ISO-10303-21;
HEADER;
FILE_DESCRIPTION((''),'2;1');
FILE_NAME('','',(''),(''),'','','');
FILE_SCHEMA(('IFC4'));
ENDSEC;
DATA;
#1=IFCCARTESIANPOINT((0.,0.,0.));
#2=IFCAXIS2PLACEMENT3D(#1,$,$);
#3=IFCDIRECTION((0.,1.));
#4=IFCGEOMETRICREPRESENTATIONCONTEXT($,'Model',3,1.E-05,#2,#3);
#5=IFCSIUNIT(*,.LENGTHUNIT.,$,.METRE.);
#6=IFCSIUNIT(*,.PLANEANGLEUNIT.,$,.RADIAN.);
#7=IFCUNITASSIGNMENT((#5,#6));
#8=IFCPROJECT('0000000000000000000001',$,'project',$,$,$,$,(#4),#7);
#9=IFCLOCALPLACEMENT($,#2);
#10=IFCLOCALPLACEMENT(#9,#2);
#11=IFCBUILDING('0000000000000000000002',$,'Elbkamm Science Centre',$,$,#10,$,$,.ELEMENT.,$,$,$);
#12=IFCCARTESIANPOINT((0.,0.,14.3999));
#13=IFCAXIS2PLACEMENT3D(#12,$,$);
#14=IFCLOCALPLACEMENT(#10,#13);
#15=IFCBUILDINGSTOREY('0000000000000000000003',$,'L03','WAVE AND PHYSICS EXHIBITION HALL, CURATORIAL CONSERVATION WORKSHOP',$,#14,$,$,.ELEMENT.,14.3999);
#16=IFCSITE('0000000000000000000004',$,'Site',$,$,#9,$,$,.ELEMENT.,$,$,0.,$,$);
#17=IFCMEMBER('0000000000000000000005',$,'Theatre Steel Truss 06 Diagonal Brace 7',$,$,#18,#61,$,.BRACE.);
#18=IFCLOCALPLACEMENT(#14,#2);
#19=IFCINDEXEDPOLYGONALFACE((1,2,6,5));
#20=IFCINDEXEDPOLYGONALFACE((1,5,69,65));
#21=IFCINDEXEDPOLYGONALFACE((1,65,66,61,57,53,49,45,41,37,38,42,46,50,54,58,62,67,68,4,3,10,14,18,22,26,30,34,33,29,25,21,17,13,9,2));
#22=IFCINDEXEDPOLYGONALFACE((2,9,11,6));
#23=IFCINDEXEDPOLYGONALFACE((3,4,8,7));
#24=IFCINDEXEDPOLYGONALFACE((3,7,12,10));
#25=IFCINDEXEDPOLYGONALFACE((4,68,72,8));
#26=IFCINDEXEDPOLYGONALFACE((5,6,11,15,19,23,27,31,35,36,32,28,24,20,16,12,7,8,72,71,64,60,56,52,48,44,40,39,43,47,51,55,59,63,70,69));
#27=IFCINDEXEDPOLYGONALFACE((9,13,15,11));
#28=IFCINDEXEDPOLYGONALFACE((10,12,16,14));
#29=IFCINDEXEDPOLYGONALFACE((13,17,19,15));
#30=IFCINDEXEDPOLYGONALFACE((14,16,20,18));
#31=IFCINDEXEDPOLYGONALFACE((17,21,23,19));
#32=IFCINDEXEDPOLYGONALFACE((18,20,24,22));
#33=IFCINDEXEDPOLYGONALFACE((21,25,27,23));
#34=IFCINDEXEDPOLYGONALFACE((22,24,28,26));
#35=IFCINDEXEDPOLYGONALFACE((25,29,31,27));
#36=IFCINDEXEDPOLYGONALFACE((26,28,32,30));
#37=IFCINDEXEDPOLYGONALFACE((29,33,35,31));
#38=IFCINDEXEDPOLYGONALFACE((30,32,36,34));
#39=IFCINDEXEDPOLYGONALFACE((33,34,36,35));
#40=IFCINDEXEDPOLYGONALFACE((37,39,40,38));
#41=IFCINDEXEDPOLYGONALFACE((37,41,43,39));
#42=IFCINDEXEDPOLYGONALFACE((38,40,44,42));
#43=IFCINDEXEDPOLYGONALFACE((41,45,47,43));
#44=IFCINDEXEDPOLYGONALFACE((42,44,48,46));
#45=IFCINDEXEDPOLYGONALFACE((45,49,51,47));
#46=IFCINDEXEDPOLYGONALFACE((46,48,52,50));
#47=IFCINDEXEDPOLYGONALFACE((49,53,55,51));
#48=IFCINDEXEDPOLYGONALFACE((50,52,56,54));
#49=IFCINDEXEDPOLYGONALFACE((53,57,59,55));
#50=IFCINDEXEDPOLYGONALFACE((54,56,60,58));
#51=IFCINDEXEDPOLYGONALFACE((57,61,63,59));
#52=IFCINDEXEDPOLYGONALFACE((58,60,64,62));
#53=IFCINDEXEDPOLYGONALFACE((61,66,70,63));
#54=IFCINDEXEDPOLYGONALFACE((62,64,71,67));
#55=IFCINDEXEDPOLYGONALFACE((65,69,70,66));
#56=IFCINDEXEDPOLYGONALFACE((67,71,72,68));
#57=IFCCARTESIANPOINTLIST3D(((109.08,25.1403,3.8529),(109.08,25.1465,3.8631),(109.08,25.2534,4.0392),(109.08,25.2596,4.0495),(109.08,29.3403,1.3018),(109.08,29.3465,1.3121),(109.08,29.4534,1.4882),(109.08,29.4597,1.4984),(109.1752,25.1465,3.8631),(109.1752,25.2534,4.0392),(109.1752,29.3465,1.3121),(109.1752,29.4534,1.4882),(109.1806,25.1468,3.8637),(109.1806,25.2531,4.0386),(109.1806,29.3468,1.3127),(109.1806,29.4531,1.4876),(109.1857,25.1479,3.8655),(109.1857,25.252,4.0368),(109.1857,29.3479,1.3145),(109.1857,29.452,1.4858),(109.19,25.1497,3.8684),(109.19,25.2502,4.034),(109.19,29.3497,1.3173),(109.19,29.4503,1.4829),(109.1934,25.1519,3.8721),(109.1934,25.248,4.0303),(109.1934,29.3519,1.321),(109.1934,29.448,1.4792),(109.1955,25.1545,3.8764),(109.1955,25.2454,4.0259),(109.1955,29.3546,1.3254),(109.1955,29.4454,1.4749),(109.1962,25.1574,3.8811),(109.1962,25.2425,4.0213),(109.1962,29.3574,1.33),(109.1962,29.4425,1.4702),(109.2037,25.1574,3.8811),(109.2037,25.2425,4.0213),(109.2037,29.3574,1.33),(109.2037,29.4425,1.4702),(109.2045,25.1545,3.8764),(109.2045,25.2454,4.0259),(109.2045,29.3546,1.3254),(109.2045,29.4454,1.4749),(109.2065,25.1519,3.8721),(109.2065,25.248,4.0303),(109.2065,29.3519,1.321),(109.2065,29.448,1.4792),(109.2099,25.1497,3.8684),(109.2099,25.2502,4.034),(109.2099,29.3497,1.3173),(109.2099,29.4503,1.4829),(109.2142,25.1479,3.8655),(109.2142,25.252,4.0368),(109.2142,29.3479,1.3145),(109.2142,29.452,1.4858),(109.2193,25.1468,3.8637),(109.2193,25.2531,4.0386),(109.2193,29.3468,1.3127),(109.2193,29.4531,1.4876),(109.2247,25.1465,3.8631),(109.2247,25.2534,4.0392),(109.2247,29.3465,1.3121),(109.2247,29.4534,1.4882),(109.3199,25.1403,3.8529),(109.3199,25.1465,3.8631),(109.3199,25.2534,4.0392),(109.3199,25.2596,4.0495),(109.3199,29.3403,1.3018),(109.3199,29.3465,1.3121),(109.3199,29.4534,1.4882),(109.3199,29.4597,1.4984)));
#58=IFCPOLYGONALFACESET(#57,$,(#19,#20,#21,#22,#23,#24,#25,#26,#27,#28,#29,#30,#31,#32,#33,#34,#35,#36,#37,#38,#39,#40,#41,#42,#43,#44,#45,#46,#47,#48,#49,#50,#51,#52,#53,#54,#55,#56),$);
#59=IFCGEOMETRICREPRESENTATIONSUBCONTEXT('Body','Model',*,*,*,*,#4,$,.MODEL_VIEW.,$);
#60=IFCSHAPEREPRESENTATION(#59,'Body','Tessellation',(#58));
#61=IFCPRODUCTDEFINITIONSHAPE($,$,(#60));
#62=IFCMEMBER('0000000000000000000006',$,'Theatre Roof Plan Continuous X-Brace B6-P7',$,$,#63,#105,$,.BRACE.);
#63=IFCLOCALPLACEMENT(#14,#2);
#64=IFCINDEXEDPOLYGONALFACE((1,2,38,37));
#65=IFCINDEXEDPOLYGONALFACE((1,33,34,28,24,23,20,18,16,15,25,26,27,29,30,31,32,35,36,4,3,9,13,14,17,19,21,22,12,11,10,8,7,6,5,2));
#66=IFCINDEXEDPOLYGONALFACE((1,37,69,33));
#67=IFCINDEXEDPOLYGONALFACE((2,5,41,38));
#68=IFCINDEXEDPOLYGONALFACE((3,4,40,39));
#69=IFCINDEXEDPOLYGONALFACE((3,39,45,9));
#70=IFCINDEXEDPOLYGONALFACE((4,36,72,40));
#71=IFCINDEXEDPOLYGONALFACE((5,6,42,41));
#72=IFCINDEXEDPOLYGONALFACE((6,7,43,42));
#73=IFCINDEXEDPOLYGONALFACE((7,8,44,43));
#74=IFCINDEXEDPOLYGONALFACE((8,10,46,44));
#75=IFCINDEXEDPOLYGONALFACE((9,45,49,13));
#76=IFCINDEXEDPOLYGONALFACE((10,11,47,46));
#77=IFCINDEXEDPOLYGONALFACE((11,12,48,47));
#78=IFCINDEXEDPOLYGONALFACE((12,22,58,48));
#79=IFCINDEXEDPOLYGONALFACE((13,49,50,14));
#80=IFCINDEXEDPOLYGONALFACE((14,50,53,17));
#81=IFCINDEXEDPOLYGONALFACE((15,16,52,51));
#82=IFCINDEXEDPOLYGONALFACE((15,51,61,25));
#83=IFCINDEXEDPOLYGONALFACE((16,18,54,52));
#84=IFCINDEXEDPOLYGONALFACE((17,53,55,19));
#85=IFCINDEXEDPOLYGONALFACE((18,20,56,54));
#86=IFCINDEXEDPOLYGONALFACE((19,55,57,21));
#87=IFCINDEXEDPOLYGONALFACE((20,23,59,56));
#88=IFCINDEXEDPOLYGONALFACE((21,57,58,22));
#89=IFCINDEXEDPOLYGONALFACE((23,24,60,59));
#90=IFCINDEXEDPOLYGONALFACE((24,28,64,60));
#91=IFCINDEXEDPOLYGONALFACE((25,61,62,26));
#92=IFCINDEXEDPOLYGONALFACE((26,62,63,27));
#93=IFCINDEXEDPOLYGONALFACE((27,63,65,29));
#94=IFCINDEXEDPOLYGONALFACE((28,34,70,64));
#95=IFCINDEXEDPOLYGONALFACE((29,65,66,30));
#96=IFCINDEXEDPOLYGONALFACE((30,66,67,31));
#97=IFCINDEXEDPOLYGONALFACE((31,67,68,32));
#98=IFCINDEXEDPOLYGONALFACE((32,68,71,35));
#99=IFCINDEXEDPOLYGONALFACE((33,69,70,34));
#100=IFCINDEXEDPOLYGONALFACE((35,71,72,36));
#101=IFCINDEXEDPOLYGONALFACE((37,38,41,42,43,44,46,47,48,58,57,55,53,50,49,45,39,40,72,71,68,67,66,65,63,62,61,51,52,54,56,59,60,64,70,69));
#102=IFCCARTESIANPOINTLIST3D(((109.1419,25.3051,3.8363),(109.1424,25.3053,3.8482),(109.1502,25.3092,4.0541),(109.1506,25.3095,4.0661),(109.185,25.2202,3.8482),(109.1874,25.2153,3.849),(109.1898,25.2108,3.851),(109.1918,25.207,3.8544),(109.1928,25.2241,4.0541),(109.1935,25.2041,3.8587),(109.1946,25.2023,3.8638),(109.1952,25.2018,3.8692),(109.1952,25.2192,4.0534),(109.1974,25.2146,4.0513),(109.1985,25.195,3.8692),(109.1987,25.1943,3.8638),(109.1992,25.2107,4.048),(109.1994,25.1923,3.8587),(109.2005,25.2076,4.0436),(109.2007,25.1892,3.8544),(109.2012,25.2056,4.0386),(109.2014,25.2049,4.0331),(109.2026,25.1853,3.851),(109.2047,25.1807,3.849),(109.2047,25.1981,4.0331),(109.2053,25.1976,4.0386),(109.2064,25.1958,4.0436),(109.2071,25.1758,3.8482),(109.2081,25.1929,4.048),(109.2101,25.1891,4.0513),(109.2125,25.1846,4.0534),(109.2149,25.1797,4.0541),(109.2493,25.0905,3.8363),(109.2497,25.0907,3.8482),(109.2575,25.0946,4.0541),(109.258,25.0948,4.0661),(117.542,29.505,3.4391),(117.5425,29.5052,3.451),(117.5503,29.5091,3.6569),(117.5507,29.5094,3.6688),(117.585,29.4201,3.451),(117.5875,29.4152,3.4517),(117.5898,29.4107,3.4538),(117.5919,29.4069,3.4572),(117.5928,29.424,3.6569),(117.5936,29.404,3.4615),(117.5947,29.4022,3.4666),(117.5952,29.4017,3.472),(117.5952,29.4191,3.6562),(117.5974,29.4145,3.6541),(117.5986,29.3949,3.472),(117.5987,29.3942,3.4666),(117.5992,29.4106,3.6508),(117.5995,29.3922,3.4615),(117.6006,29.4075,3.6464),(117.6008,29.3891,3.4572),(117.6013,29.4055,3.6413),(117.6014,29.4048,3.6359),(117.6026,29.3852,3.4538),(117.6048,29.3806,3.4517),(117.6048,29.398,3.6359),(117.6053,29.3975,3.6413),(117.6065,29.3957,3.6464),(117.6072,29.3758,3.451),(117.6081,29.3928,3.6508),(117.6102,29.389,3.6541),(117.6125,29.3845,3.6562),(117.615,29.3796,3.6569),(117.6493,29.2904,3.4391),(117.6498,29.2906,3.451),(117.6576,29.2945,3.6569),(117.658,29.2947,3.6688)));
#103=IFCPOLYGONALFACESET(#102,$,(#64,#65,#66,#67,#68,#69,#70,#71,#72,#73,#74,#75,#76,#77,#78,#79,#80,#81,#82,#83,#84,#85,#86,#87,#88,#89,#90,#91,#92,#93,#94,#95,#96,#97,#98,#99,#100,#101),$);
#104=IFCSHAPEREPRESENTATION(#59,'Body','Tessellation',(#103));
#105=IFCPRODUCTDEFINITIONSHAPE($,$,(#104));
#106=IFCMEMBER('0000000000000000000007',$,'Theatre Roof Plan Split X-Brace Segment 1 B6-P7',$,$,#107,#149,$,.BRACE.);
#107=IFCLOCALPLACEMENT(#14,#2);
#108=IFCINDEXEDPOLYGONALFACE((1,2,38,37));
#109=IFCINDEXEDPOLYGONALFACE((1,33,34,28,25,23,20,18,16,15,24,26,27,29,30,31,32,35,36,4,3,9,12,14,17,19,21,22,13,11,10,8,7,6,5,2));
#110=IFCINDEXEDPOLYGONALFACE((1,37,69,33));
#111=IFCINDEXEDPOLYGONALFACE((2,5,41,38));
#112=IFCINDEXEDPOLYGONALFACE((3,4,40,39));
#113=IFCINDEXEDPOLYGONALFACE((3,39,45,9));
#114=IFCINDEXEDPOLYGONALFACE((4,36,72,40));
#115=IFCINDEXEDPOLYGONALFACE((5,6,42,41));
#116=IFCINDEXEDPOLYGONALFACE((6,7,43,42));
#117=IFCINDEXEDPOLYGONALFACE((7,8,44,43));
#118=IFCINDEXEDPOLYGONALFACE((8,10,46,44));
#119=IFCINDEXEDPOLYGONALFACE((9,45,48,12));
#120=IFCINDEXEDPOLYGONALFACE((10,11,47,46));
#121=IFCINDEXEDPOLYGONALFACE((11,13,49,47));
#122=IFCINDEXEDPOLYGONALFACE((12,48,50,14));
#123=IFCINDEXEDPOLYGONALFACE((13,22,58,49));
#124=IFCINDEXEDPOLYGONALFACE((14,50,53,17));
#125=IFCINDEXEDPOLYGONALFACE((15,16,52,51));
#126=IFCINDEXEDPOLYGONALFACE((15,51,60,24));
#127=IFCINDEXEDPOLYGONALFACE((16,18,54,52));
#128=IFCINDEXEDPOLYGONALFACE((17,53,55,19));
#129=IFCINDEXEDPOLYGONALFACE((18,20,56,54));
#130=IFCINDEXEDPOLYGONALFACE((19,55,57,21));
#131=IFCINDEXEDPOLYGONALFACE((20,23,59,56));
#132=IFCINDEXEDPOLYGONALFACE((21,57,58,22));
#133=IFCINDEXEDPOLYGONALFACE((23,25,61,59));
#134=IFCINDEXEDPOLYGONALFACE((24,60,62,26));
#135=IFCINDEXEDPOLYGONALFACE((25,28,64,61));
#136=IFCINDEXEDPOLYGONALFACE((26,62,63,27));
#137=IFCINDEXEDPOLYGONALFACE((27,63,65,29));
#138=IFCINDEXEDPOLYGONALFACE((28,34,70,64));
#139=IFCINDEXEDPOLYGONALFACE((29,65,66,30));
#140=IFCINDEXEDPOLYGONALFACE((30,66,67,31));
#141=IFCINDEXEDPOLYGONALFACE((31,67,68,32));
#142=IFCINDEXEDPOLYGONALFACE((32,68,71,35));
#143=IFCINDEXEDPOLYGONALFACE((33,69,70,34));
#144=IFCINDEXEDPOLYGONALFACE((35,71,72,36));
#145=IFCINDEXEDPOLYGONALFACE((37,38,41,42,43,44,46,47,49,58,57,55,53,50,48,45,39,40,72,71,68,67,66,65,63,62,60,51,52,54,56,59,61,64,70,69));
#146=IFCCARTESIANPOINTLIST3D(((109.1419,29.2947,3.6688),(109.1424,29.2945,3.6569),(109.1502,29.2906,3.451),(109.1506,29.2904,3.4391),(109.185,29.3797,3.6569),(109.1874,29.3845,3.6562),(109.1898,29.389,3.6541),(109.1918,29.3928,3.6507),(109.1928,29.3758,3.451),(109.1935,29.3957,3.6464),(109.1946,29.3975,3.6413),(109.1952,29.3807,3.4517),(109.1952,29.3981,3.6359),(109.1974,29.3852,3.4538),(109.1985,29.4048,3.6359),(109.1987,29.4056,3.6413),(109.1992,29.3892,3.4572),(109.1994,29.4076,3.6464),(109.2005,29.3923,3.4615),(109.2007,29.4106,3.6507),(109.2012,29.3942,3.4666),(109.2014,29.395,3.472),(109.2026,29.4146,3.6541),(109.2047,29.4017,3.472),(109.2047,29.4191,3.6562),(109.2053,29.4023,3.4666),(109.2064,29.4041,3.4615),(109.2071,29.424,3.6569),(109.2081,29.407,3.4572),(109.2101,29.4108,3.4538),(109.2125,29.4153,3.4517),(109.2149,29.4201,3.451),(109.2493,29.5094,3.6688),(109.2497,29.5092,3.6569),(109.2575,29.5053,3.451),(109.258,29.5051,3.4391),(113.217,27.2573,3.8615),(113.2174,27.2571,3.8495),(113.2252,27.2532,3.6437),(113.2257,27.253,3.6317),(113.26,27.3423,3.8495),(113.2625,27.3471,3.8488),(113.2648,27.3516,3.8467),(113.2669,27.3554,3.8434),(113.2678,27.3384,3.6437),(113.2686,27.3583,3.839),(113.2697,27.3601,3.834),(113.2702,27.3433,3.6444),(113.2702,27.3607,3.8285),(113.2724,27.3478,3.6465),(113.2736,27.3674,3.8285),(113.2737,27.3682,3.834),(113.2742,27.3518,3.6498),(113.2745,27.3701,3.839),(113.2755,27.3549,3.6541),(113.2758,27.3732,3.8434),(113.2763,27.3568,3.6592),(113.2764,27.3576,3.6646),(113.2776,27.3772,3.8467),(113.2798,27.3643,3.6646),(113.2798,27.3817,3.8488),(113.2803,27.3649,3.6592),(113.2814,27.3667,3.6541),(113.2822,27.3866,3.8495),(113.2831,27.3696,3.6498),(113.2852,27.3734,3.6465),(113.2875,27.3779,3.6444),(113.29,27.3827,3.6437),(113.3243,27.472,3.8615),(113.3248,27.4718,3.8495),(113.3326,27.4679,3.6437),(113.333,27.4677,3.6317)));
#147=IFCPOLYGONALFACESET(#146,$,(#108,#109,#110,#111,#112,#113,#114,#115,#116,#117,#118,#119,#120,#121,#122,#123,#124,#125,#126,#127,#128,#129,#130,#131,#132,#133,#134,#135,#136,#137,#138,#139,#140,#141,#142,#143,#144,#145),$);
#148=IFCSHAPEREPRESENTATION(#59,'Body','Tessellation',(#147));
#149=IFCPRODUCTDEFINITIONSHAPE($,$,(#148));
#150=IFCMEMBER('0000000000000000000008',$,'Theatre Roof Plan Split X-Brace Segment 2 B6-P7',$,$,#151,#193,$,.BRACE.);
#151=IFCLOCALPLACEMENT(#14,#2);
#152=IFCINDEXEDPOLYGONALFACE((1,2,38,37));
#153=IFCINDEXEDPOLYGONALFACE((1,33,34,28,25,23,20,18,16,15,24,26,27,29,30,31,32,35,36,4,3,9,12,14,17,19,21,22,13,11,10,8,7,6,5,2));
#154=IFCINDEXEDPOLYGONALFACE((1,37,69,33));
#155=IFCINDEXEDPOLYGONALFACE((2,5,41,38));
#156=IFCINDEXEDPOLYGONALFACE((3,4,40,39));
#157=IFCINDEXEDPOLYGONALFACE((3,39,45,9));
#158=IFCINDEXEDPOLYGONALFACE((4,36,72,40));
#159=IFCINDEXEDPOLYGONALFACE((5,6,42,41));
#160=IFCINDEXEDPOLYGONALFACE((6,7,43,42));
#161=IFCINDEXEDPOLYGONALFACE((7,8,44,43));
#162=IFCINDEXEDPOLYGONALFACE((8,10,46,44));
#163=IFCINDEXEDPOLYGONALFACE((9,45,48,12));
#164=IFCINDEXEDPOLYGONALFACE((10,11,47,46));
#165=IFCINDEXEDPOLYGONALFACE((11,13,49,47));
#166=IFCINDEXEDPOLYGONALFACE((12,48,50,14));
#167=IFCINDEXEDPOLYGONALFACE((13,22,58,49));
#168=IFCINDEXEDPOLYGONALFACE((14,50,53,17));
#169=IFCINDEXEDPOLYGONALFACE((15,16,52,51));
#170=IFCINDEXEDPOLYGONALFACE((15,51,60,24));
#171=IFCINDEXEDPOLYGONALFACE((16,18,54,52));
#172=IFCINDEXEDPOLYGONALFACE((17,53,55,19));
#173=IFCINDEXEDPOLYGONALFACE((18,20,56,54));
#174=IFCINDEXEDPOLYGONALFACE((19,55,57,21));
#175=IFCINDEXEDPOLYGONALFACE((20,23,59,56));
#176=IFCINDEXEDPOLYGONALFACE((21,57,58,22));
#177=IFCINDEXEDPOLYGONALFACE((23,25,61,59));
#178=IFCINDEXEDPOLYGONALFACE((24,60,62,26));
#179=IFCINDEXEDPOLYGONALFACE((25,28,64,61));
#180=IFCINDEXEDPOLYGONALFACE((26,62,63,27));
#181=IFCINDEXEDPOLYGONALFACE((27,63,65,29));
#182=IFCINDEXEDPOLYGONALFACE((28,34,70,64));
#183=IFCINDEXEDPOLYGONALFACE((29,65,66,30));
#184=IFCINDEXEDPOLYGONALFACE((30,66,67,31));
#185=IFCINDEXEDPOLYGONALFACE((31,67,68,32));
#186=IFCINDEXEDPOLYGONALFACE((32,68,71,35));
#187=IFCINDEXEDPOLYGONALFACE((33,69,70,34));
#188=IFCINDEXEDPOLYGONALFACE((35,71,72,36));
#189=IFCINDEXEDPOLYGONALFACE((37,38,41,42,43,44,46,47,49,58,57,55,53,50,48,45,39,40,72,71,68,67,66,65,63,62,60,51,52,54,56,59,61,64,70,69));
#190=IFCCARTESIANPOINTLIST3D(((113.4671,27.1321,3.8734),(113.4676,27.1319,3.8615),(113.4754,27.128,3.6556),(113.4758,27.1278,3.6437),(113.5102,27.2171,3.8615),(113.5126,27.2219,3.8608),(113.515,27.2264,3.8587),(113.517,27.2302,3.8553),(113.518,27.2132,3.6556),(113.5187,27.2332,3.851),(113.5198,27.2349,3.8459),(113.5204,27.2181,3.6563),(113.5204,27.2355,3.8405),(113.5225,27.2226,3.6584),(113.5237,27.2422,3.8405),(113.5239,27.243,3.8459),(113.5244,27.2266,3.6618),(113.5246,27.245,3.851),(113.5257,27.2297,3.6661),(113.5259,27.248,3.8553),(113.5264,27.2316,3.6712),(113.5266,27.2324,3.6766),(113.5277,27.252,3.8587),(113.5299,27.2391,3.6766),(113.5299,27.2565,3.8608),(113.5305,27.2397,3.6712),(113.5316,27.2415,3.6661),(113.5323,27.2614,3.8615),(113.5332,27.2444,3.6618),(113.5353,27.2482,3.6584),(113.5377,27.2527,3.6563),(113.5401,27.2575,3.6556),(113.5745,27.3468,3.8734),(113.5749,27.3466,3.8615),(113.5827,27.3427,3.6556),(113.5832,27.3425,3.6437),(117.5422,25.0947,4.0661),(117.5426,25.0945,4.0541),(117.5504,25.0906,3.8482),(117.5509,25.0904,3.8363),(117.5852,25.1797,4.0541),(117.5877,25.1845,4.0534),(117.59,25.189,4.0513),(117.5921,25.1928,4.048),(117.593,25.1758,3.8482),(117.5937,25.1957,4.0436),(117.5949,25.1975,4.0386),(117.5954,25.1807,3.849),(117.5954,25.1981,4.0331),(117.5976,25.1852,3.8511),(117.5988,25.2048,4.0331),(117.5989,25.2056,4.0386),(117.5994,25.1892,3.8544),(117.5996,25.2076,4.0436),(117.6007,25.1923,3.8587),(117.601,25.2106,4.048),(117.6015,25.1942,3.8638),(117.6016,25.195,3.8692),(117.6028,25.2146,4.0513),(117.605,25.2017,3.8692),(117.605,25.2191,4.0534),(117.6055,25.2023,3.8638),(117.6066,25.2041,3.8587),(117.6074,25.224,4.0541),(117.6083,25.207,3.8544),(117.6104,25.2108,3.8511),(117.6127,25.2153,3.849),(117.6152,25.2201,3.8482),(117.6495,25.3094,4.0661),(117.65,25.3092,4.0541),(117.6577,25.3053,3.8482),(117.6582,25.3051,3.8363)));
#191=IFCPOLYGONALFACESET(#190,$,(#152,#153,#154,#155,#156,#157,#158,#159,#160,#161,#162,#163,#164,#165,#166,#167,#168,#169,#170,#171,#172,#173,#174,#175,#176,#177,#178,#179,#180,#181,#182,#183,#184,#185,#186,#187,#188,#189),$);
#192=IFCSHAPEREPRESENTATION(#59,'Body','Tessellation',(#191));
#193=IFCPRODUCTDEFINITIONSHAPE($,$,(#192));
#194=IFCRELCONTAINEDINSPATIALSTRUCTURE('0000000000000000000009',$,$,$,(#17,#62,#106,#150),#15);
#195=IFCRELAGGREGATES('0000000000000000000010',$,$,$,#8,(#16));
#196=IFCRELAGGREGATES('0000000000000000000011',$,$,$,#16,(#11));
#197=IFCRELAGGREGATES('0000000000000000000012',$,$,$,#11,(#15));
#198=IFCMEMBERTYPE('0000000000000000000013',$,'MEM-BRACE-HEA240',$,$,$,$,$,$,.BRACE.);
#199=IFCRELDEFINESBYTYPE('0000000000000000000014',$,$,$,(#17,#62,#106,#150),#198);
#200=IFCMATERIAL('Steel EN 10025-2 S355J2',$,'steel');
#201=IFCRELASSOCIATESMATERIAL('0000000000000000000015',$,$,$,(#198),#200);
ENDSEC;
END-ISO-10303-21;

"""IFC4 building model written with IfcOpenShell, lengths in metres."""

from ifc_helpers import new_model, si_unit, direction, frame, origin, origin_2d, place, context, subcontext, project, spatial, i_section, extrude, material, material_profile, profile_set, type_object, element, save


model = new_model("IFC4")

# Units and contexts
model_context = context("Model", 3, precision=1e-05, world=origin(), true_north=direction((0.0, 1.0)))
body_context = subcontext(model_context, "Body", "Model", "MODEL_VIEW")
ifc_project = project(units=[si_unit("LENGTHUNIT", "METRE"), si_unit("PLANEANGLEUNIT", "RADIAN")], contexts=[model_context])

# Site, building, storey
site_placement = place(None, origin())
site = spatial("IfcSite", under=ifc_project, at=site_placement, Name="Site", CompositionType="ELEMENT", RefElevation=0.0)
building_placement = place(site_placement, origin())
building = spatial("IfcBuilding", under=site, at=building_placement, Name="Elbkamm Science Centre", CompositionType="ELEMENT")
storey_placement = place(building_placement, frame((0.0, 0.0, 14.3999)))
storey = spatial("IfcBuildingStorey", under=building, at=storey_placement, Name="L03", Description="WAVE AND PHYSICS EXHIBITION HALL, CURATORIAL CONSERVATION WORKSHOP", CompositionType="ELEMENT", Elevation=14.3999)

# Shared definitions
ifc_material_1 = material(Name="Steel EN 10025-2 S355J2", Category="steel")

# Members
ifc_material_profile_1 = material_profile(ifc_material_1, i_section(OverallWidth=0.24, OverallDepth=0.23, WebThickness=0.0076, FlangeThickness=0.012, FilletRadius=0.021, at=origin_2d()), Name="HEA 240")
ifc_profile_set_1 = profile_set([ifc_material_profile_1], Name="Steel EN 10025-2 S355J2")
member_type_1 = type_object("IfcMemberType", Name="MEM-BRACE-HEA240", PredefinedType="BRACE", material=ifc_profile_set_1)
member_1_placement = place(storey_placement, frame((109.2, 25.2, 3.9512), z_axis=(0.0, 0.854692, -0.519135), x_axis=(-1.0, 0.0, 0.0)))
element("IfcMember", 1, at=member_1_placement, inside=storey, type_object=member_type_1, Name="Theatre Steel Truss 06 Diagonal Brace 7", PredefinedType="BRACE", context=body_context, shape_type="SweptSolid", body=[
    extrude(i_section(OverallWidth=0.24, OverallDepth=0.23, WebThickness=0.0076, FlangeThickness=0.012, FilletRadius=0.021, at=origin_2d()), origin(), (0.0, 0.0, 1.0), 4.9141),
])
member_2_placement = place(storey_placement, frame((109.2, 25.2, 3.9512), z_axis=(0.893633, 0.446804, -0.042257), x_axis=(-0.447203, 0.894432, 0.0)))
element("IfcMember", 2, at=member_2_placement, inside=storey, type_object=member_type_1, Name="Theatre Roof Plan Continuous X-Brace B6-P7", PredefinedType="BRACE", context=body_context, shape_type="SweptSolid", body=[
    extrude(i_section(OverallWidth=0.24, OverallDepth=0.23, WebThickness=0.0076, FlangeThickness=0.012, FilletRadius=0.021, at=origin_2d()), origin(), (0.0, 0.0, 1.0), 9.3999),
])
for number, where, z_axis, x_axis, name in (
    (3, (109.2, 29.3999, 3.554), (0.893639, -0.446793, 0.042243), (0.447192, 0.894438, 0.0), "Theatre Roof Plan Split X-Brace Segment 1 B6-P7"),
    (4, (113.5251, 27.2373, 3.7585), (0.893639, -0.446793, 0.042243), (0.447192, 0.894438, 0.0), "Theatre Roof Plan Split X-Brace Segment 2 B6-P7"),
):
    element("IfcMember", number, at=place(storey_placement, frame(where, z_axis=z_axis, x_axis=x_axis)), inside=storey, type_object=member_type_1, Name=name, PredefinedType="BRACE", context=body_context, shape_type="SweptSolid", body=[
        extrude(i_section(OverallWidth=0.24, OverallDepth=0.23, WebThickness=0.0076, FlangeThickness=0.012, FilletRadius=0.021, at=origin_2d()), origin(), (0.0, 0.0, 1.0), 4.5601),
    ])

save(model, "model.ifc")
